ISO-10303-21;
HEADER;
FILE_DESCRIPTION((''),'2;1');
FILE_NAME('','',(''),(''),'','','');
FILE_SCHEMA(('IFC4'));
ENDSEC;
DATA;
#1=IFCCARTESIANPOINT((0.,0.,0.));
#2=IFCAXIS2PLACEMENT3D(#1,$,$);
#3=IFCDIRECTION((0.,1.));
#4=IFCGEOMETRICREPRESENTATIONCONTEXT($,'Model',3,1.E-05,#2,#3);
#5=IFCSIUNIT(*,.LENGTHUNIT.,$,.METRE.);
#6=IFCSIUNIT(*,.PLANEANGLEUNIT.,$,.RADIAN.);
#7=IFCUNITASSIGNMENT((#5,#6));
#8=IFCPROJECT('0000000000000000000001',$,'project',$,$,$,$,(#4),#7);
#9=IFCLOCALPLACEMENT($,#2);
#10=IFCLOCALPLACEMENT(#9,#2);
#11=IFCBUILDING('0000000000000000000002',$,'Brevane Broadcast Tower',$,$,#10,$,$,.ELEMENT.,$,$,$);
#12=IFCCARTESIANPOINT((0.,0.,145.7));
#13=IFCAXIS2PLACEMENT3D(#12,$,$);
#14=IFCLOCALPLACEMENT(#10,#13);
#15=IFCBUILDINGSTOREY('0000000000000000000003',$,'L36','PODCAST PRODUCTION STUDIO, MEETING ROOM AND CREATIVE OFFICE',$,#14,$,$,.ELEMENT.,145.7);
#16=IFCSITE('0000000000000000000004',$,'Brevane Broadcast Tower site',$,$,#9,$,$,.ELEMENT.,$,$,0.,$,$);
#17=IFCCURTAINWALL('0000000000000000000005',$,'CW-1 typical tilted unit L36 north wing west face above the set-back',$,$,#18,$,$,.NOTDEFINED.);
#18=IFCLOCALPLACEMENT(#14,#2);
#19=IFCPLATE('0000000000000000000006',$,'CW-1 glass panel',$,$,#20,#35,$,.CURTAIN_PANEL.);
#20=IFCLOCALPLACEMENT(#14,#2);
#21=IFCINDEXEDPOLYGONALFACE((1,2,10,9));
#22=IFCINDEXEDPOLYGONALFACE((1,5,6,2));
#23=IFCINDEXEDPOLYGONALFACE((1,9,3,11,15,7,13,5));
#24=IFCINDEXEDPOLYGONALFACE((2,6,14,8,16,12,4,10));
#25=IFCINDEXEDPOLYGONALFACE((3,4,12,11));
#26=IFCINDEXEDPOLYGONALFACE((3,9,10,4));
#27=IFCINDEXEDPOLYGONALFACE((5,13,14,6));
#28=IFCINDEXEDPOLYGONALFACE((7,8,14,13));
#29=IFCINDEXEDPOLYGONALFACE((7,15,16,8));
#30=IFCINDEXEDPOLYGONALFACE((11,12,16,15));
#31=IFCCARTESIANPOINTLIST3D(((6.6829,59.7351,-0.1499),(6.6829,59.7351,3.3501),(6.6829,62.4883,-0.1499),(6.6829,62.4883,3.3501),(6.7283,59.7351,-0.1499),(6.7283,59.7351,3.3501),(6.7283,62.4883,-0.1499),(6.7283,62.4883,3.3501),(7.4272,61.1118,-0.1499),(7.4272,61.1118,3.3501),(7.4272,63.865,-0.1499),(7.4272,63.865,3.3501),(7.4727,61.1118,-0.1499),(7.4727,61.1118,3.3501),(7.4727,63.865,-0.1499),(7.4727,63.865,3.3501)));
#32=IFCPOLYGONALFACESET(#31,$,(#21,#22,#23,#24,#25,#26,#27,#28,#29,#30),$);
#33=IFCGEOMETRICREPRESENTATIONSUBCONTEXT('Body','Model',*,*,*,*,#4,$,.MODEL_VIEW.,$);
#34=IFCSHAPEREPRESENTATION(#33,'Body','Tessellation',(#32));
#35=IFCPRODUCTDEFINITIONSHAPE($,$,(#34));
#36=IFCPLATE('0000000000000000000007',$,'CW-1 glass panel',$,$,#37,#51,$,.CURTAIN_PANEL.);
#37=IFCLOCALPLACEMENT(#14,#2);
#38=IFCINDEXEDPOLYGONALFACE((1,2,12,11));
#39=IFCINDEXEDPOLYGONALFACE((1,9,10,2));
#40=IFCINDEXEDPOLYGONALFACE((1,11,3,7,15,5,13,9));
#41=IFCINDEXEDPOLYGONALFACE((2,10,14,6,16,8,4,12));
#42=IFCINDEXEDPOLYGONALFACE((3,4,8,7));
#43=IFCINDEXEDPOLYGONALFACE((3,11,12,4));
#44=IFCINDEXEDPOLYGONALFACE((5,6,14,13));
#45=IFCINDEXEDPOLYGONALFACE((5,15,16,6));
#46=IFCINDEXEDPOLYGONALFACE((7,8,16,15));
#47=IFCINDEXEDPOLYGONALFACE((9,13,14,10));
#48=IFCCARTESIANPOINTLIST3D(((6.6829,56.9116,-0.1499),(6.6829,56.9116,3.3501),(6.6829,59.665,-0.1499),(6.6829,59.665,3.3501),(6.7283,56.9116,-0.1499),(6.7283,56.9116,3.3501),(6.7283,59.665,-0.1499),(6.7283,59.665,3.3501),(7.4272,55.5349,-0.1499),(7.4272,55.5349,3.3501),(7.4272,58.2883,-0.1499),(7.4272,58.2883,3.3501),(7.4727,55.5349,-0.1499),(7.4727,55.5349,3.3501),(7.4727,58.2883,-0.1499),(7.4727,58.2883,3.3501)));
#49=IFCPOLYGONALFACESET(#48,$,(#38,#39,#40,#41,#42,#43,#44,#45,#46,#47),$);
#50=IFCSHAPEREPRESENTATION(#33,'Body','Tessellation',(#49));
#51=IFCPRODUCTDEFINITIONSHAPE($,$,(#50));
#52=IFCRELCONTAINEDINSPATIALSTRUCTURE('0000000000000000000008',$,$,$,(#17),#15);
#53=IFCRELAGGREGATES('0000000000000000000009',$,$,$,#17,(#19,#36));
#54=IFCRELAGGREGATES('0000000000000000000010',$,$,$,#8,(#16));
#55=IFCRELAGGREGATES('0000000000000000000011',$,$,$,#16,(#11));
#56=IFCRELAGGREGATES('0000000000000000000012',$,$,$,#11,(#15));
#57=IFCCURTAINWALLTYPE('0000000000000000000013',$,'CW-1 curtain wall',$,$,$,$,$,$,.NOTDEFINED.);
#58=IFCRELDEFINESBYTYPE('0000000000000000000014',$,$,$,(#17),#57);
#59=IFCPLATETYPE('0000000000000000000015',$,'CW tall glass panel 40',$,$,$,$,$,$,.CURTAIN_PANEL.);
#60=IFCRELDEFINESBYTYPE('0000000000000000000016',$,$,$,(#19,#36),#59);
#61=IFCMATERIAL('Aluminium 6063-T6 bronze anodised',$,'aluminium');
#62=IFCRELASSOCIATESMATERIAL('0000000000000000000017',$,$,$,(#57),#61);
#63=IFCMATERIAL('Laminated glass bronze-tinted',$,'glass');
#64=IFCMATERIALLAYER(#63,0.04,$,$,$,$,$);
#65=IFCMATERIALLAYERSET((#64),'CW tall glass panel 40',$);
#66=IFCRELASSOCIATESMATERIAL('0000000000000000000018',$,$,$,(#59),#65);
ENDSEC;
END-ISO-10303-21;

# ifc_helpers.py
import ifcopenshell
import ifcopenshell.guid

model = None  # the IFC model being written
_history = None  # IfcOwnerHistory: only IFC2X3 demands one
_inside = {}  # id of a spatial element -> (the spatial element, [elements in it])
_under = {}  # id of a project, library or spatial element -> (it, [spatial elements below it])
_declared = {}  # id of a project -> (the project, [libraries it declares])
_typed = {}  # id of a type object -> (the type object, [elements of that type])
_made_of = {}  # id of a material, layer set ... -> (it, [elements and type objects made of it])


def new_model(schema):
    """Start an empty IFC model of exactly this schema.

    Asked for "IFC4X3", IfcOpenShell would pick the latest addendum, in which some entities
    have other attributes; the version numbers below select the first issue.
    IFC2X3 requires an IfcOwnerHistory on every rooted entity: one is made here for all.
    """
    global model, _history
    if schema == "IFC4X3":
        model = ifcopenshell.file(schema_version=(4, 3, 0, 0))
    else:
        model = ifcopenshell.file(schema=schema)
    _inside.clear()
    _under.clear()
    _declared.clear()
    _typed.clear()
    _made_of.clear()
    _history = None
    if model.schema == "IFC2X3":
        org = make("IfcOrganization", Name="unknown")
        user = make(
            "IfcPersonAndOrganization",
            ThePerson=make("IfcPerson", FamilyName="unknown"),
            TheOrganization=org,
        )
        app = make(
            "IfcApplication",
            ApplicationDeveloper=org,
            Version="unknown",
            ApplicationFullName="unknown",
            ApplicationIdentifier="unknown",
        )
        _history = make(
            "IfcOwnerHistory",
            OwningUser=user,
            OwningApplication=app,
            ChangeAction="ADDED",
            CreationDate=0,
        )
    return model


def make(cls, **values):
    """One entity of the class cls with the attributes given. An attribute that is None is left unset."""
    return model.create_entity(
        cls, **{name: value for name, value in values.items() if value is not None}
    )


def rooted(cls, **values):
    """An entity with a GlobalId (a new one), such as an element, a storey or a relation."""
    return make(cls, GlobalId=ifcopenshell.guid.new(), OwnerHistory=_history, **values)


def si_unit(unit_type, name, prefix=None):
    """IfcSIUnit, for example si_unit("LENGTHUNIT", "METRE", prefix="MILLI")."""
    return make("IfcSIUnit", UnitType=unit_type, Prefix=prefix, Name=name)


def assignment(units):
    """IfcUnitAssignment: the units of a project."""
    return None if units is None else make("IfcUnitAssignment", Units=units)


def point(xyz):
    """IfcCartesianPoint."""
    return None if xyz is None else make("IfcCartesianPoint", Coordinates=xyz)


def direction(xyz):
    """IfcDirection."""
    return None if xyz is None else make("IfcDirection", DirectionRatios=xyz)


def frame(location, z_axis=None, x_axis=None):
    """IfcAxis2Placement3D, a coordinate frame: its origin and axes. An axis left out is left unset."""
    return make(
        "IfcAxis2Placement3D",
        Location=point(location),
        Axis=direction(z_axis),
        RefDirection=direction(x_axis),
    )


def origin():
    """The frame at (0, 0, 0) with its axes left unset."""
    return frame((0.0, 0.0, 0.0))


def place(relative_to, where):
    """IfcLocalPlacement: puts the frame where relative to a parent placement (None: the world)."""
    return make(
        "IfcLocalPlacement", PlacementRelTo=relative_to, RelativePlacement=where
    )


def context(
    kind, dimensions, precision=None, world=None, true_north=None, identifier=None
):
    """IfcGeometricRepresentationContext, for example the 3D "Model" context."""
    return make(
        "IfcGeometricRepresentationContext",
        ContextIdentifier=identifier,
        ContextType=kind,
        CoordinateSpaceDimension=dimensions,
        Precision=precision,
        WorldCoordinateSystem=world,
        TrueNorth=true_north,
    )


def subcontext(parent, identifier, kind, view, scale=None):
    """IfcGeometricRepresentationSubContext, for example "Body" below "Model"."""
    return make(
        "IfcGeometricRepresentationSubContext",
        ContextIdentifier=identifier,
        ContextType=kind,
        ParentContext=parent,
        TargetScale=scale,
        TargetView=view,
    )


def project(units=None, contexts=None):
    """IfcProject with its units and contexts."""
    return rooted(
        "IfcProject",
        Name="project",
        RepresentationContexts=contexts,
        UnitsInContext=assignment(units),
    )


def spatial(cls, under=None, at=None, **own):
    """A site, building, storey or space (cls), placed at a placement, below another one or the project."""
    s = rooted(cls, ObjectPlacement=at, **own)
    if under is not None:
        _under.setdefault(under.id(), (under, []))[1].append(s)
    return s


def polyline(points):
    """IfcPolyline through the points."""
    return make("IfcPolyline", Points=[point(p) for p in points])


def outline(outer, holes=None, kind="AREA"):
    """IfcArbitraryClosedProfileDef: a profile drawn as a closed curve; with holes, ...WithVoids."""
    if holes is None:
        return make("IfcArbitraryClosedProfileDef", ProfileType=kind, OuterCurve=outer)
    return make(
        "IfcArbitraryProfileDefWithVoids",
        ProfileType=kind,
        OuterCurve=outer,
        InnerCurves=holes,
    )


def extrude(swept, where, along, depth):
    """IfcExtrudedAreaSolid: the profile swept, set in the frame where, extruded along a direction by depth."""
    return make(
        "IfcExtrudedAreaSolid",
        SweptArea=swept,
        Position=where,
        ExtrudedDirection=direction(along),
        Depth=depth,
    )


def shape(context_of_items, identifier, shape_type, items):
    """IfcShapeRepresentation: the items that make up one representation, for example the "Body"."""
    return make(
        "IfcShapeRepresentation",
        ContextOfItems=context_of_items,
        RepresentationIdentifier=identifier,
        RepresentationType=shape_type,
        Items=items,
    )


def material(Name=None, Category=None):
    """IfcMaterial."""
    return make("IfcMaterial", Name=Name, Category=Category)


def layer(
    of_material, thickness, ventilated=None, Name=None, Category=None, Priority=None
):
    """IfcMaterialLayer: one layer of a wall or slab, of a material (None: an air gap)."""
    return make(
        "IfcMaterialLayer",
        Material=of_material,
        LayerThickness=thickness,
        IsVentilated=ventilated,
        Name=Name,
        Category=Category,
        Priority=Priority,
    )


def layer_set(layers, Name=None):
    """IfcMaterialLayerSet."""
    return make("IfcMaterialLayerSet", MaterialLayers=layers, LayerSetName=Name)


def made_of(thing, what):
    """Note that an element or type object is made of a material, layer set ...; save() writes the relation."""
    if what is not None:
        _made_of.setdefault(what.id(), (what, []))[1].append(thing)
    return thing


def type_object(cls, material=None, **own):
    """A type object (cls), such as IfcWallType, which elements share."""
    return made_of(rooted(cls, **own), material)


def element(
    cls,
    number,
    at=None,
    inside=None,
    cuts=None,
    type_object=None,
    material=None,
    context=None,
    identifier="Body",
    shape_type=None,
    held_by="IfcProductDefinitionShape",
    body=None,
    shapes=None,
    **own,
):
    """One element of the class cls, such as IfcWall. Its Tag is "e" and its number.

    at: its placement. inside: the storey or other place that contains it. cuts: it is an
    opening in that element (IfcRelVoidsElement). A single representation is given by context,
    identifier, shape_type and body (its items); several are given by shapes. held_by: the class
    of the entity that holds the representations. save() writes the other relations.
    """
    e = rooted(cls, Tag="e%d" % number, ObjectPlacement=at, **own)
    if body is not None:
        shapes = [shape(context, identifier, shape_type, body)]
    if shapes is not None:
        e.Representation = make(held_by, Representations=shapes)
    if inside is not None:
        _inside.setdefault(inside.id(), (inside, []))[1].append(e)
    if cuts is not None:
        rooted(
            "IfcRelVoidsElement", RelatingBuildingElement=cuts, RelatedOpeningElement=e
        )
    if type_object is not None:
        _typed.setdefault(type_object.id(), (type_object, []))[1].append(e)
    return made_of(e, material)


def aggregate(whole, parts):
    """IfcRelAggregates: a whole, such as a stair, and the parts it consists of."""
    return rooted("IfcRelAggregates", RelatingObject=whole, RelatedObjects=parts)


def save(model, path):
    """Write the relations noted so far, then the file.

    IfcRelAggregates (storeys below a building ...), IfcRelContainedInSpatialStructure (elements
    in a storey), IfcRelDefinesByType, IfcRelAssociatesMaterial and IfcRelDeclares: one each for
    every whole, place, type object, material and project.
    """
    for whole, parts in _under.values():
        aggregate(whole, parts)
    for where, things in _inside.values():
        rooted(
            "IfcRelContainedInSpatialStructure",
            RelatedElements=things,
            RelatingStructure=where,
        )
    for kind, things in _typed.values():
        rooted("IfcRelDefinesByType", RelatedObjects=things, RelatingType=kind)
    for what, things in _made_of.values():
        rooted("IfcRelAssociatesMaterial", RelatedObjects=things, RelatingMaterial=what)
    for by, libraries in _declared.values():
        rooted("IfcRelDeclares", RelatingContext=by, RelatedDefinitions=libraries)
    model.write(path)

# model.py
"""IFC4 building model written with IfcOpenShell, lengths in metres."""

from ifc_helpers import new_model, si_unit, direction, frame, origin, place, context, subcontext, project, spatial, polyline, outline, extrude, material, layer, layer_set, type_object, element, aggregate, save


model = new_model("IFC4")

# Units and contexts
model_context = context("Model", 3, precision=1e-05, world=origin(), true_north=direction((0.0, 1.0)))
body_context = subcontext(model_context, "Body", "Model", "MODEL_VIEW")
ifc_project = project(units=[si_unit("LENGTHUNIT", "METRE"), si_unit("PLANEANGLEUNIT", "RADIAN")], contexts=[model_context])

# Site, building, storey
site_placement = place(None, origin())
site = spatial("IfcSite", under=ifc_project, at=site_placement, Name="Brevane Broadcast Tower site", CompositionType="ELEMENT", RefElevation=0.0)
building_placement = place(site_placement, origin())
building = spatial("IfcBuilding", under=site, at=building_placement, Name="Brevane Broadcast Tower", CompositionType="ELEMENT")
storey_placement = place(building_placement, frame((0.0, 0.0, 145.7)))
storey = spatial("IfcBuildingStorey", under=building, at=storey_placement, Name="L36", Description="PODCAST PRODUCTION STUDIO, MEETING ROOM AND CREATIVE OFFICE", CompositionType="ELEMENT", Elevation=145.7)

# Shared definitions
ifc_material_1 = material(Name="Aluminium 6063-T6 bronze anodised", Category="aluminium")
curtain_wall_type = type_object("IfcCurtainWallType", Name="CW-1 curtain wall", PredefinedType="NOTDEFINED", material=ifc_material_1)

# Curtain wall, plates
ifc_material_2 = material(Name="Laminated glass bronze-tinted", Category="glass")
ifc_layer = layer(ifc_material_2, 0.04)
ifc_layer_set = layer_set([ifc_layer], Name="CW tall glass panel 40")
plate_type = type_object("IfcPlateType", Name="CW tall glass panel 40", PredefinedType="CURTAIN_PANEL", material=ifc_layer_set)
curtain_wall_1_placement = place(storey_placement, origin())
curtain_wall_1 = element("IfcCurtainWall", 1, at=curtain_wall_1_placement, inside=storey, type_object=curtain_wall_type, Name="CW-1 typical tilted unit L36 north wing west face above the set-back", PredefinedType="NOTDEFINED")
plate_1_placement = place(storey_placement, frame((0.0, 0.0, -0.1499)))
plate_1 = element("IfcPlate", 2, at=plate_1_placement, type_object=plate_type, Name="CW-1 glass panel", PredefinedType="CURTAIN_PANEL", context=body_context, shape_type="SweptSolid", body=[
    extrude(outline(polyline([(7.4727, 63.865), (7.4272, 63.865), (6.6829, 62.4883), (7.4272, 61.1118), (6.6829, 59.7351), (6.7283, 59.7351), (7.4727, 61.1118), (6.7283, 62.4883), (7.4727, 63.865)])), origin(), (0.0, 0.0, 1.0), 3.5),
])
plate_2_placement = place(storey_placement, frame((0.0, 0.0, -0.1499)))
plate_2 = element("IfcPlate", 3, at=plate_2_placement, type_object=plate_type, Name="CW-1 glass panel", PredefinedType="CURTAIN_PANEL", context=body_context, shape_type="SweptSolid", body=[
    extrude(outline(polyline([(6.7283, 59.665), (6.6829, 59.665), (7.4272, 58.2883), (6.6829, 56.9116), (7.4272, 55.5349), (7.4727, 55.5349), (6.7283, 56.9116), (7.4727, 58.2883), (6.7283, 59.665)])), origin(), (0.0, 0.0, 1.0), 3.5),
])
aggregate(curtain_wall_1, [plate_1, plate_2])

save(model, "model.ifc")
